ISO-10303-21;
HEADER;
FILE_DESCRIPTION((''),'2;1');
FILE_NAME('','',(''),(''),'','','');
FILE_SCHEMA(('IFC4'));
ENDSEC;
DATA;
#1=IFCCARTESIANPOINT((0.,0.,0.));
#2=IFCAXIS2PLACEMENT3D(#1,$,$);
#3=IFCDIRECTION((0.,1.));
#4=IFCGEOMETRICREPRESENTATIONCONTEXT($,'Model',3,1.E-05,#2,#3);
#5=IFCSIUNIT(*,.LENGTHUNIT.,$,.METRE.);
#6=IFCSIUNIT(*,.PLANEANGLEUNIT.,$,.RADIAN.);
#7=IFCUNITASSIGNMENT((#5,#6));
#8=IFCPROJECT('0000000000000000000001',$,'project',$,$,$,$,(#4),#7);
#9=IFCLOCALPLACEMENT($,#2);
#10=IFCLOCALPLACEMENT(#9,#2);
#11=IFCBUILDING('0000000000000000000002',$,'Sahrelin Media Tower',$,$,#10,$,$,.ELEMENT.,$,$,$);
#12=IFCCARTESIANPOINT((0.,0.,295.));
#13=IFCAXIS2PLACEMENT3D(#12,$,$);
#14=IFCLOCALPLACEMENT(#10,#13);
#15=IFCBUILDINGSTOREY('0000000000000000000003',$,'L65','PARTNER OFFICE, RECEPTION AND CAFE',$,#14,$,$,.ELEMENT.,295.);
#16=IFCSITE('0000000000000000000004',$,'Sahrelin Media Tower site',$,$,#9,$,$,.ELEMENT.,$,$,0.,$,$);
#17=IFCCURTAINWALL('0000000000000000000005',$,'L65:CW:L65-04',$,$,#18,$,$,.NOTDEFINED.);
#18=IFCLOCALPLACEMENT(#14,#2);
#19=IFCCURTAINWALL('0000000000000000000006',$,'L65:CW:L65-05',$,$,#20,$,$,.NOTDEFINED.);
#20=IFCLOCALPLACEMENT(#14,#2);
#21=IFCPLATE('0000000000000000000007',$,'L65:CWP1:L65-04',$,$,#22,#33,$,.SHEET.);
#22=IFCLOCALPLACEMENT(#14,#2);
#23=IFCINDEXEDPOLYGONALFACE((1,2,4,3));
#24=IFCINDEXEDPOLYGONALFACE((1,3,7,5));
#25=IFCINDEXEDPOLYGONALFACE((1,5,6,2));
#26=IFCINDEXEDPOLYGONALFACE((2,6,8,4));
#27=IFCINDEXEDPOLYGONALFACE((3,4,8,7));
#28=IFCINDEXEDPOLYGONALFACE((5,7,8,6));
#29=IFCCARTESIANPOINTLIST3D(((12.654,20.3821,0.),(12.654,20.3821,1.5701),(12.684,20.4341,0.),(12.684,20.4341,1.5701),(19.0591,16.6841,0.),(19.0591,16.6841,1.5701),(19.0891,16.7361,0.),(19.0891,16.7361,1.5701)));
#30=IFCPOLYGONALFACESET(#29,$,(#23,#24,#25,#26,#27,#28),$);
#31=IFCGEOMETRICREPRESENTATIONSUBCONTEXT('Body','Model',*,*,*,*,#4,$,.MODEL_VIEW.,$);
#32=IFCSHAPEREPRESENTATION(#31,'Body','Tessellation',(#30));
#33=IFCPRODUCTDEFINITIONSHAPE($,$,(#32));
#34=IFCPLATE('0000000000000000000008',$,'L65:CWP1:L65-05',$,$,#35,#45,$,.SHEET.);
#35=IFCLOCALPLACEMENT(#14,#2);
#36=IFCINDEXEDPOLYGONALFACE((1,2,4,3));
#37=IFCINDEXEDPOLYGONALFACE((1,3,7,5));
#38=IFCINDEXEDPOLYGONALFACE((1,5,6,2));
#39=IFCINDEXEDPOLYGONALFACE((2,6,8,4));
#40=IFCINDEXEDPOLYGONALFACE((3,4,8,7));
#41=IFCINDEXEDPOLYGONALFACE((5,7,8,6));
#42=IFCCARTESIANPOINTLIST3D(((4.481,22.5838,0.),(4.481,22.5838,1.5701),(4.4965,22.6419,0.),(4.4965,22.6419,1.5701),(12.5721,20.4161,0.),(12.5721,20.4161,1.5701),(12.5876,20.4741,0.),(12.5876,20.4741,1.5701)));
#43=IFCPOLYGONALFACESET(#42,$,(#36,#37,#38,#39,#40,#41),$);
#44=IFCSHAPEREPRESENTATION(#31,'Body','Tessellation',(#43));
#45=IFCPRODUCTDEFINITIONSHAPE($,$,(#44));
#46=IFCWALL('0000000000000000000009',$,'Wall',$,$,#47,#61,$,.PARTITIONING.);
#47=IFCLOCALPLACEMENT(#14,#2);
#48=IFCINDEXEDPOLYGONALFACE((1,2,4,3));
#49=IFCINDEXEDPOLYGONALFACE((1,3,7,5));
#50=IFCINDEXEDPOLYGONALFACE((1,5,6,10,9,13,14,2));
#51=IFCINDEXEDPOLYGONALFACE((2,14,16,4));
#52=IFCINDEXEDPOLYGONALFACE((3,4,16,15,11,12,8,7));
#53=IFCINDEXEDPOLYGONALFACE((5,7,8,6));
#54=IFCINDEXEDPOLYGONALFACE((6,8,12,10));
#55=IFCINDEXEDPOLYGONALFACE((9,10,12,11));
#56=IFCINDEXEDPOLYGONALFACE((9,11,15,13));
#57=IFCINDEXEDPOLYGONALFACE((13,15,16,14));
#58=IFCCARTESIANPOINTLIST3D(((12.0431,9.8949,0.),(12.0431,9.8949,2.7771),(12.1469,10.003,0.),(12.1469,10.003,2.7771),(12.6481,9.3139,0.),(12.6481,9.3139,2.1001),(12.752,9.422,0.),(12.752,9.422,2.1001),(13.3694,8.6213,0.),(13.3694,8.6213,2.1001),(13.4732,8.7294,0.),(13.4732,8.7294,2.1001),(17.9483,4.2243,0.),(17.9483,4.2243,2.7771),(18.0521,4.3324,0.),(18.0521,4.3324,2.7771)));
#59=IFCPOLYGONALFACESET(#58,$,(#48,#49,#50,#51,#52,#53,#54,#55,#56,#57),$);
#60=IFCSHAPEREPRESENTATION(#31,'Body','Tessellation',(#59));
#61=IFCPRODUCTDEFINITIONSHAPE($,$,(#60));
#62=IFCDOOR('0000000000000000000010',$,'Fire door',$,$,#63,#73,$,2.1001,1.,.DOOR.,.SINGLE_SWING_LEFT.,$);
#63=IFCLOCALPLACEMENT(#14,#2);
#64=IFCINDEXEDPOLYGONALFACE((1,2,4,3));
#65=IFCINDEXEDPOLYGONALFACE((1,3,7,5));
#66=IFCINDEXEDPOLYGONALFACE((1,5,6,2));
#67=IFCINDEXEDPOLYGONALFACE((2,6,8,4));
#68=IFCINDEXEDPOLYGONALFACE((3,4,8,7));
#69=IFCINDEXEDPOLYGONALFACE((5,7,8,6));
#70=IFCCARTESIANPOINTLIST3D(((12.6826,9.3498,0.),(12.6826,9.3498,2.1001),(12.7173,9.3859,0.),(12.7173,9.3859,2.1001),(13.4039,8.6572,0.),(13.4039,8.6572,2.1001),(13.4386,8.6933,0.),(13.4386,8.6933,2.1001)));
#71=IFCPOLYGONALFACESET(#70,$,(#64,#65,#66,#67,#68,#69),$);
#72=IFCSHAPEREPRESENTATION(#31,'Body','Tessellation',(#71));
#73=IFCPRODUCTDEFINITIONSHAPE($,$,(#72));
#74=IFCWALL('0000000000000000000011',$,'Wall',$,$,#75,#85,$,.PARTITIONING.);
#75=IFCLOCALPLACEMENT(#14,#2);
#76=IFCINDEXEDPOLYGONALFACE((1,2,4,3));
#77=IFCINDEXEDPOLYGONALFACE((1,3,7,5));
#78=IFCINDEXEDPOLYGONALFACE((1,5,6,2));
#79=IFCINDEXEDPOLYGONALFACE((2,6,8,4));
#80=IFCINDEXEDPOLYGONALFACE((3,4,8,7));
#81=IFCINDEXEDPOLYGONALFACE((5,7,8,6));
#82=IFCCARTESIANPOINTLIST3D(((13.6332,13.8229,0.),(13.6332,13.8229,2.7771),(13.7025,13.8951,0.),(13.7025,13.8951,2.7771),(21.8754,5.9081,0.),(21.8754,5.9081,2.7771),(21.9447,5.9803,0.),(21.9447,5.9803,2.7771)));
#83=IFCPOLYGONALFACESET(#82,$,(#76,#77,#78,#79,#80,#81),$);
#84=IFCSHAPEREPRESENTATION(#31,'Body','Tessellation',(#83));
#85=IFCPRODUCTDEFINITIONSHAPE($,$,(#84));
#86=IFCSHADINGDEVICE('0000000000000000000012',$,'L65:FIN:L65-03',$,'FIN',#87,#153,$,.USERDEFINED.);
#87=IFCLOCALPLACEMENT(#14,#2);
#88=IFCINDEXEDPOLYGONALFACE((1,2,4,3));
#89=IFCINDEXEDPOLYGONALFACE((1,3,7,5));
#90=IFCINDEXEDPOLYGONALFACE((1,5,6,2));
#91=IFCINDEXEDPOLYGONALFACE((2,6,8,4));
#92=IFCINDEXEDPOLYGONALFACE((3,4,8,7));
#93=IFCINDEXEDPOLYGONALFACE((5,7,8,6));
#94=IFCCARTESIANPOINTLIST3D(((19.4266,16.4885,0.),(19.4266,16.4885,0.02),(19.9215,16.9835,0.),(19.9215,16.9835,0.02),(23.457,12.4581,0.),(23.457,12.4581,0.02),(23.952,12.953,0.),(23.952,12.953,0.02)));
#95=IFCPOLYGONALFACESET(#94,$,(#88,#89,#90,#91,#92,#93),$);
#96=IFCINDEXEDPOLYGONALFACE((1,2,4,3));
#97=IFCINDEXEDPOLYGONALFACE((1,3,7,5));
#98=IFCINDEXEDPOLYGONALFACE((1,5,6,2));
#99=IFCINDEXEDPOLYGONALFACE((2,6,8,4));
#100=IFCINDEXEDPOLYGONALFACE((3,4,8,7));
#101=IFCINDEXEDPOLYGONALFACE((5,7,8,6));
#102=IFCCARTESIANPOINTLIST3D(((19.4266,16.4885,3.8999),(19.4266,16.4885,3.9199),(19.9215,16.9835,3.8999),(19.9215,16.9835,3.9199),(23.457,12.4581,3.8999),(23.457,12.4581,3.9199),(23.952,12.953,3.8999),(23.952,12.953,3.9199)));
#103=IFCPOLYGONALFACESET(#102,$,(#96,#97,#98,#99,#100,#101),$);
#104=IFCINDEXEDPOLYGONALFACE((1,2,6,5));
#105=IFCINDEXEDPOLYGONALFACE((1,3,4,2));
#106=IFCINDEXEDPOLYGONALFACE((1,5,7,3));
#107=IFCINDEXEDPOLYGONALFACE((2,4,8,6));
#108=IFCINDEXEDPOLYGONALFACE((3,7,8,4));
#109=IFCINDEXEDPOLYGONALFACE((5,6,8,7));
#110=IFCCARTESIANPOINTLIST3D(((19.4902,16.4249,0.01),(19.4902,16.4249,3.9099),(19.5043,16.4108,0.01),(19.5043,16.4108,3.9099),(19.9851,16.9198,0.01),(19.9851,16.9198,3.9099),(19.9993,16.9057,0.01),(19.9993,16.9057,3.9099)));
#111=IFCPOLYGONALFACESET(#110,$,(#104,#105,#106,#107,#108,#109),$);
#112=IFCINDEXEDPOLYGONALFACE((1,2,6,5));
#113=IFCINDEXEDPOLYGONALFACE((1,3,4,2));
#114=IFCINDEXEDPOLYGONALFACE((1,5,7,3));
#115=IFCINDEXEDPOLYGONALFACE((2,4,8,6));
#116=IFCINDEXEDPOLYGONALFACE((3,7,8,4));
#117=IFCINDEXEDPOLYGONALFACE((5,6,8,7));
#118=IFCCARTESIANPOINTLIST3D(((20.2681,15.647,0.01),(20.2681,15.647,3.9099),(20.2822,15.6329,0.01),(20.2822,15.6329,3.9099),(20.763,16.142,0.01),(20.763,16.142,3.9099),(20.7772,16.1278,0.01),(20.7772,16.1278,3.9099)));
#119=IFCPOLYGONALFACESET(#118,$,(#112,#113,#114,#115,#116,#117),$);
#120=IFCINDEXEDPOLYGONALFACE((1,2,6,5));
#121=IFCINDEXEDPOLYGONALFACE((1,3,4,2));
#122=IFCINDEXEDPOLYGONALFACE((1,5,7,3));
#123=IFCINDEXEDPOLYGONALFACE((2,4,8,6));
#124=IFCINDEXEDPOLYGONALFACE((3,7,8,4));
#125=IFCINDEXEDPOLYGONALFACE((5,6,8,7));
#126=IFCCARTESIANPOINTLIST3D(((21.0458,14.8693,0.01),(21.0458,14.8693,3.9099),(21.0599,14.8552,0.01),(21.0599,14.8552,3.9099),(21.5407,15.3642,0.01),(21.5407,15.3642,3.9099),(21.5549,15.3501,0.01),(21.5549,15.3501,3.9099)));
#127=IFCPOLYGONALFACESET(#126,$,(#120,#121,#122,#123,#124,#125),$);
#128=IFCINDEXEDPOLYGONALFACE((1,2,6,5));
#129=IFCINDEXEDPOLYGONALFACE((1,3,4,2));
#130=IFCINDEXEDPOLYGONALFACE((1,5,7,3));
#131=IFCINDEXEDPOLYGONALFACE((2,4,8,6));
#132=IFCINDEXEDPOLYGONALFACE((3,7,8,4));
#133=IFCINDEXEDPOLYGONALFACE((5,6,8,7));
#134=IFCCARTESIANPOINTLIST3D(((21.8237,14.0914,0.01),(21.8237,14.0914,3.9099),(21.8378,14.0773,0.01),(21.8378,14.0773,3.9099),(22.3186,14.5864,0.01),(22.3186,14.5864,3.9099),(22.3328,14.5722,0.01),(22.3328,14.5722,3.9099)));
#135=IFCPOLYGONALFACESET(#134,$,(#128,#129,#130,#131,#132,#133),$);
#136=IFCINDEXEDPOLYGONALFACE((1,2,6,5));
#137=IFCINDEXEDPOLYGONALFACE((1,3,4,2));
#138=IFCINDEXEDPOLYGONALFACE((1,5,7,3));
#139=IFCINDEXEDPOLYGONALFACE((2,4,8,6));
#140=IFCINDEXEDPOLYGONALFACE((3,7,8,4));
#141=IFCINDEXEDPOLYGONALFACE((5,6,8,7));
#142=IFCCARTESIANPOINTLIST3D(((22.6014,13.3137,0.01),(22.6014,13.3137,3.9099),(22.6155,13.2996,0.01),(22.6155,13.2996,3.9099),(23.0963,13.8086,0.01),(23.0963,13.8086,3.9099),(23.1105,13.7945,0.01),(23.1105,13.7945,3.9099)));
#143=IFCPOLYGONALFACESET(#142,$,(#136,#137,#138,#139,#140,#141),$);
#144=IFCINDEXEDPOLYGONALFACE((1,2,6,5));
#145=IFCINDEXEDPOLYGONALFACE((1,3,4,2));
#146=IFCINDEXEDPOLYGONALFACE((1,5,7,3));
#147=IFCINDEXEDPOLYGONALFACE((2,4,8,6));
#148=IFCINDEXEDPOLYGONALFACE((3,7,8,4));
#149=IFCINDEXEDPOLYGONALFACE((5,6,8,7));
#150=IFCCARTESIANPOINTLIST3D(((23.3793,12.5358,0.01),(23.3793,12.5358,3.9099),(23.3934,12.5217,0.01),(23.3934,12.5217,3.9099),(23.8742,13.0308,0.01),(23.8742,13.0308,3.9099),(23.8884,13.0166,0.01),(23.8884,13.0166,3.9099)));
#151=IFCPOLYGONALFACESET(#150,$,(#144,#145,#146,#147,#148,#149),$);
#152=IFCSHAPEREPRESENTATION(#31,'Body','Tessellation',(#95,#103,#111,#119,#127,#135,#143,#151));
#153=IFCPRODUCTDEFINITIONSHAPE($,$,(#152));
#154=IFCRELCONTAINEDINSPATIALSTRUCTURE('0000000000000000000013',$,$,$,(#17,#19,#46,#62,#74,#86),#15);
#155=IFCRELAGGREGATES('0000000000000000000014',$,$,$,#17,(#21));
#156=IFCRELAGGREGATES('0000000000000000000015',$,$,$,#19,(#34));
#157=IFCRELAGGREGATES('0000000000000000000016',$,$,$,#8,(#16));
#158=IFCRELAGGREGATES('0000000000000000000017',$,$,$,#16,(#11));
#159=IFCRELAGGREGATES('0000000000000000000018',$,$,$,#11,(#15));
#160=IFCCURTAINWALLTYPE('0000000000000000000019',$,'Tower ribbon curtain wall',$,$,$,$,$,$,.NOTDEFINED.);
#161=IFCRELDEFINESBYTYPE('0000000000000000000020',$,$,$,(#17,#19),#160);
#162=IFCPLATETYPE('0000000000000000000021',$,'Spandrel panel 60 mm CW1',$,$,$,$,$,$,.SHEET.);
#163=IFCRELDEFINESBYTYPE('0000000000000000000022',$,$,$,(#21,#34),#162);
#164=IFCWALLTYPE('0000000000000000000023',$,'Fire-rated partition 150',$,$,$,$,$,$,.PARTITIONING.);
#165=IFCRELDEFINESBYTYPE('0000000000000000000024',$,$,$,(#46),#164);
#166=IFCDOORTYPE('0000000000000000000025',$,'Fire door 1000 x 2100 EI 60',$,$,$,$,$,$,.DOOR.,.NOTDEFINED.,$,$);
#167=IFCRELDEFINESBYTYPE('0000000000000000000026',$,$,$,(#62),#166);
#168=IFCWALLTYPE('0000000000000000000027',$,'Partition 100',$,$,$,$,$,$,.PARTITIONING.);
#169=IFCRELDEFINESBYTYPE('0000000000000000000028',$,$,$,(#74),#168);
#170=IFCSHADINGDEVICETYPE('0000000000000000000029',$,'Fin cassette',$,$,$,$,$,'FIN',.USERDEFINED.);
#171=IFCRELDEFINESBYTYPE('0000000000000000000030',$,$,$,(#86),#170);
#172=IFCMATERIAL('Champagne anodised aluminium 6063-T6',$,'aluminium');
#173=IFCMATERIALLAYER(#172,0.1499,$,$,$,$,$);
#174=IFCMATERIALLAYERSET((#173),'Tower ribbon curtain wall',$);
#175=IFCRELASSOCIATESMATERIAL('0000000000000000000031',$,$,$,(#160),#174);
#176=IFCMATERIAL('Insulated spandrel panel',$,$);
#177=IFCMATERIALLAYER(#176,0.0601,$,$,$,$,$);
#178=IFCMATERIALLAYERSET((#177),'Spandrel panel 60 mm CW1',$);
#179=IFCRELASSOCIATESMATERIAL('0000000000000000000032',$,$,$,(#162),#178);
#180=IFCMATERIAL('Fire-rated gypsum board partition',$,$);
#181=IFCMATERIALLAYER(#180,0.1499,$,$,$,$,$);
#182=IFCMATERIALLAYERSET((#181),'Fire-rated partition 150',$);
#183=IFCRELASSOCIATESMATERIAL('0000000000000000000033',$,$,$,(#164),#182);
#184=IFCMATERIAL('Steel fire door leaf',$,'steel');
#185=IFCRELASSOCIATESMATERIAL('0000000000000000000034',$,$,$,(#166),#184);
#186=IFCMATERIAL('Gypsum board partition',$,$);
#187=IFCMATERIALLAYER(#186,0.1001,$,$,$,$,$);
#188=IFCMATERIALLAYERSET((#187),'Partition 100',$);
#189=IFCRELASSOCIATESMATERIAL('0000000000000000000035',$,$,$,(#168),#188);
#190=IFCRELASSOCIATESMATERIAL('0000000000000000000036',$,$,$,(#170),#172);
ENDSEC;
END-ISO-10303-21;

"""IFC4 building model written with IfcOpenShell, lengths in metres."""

from ifc_helpers import new_model, si_unit, direction, frame, frame_2d, origin, origin_2d, place, context, subcontext, project, spatial, polyline, rectangle, outline, extrude, material, layer, layer_set, type_object, element, fill, aggregate, save


model = new_model("IFC4")

# Units and contexts
model_context = context("Model", 3, precision=1e-05, world=origin(), true_north=direction((0.0, 1.0)))
body_context = subcontext(model_context, "Body", "Model", "MODEL_VIEW")
ifc_project = project(units=[si_unit("LENGTHUNIT", "METRE"), si_unit("PLANEANGLEUNIT", "RADIAN")], contexts=[model_context])

# Site, building, storey
site_placement = place(None, origin())
site = spatial("IfcSite", under=ifc_project, at=site_placement, Name="Sahrelin Media Tower site", CompositionType="ELEMENT", RefElevation=0.0)
building_placement = place(site_placement, origin())
building = spatial("IfcBuilding", under=site, at=building_placement, Name="Sahrelin Media Tower", CompositionType="ELEMENT")
storey_placement = place(building_placement, frame((0.0, 0.0, 295.0)))
storey = spatial("IfcBuildingStorey", under=building, at=storey_placement, Name="L65", Description="PARTNER OFFICE, RECEPTION AND CAFE", CompositionType="ELEMENT", Elevation=295.0)

# Curtain wall
ifc_material_1 = material(Name="Champagne anodised aluminium 6063-T6", Category="aluminium")
ifc_layer_1 = layer(ifc_material_1, 0.1499)
ifc_layer_set_1 = layer_set([ifc_layer_1], Name="Tower ribbon curtain wall")
curtain_wall_type = type_object("IfcCurtainWallType", Name="Tower ribbon curtain wall", PredefinedType="NOTDEFINED", material=ifc_layer_set_1)
curtain_wall_1_placement = place(storey_placement, frame((15.8765, 18.5676, 0.0), z_axis=(0.0, 0.0, 1.0), x_axis=(1.0, 0.0, 0.0)))
curtain_wall_1 = element("IfcCurtainWall", 1, at=curtain_wall_1_placement, inside=storey, type_object=curtain_wall_type, Name="L65:CW:L65-04", PredefinedType="NOTDEFINED")

# Curtain wall
curtain_wall_2_placement = place(storey_placement, frame((8.5369, 21.5386, 0.0), z_axis=(0.0, 0.0, 1.0), x_axis=(1.0, 0.0, 0.0)))
curtain_wall_2 = element("IfcCurtainWall", 2, at=curtain_wall_2_placement, inside=storey, type_object=curtain_wall_type, Name="L65:CW:L65-05", PredefinedType="NOTDEFINED")

# Plates
ifc_material_2 = material(Name="Insulated spandrel panel")
ifc_layer_2 = layer(ifc_material_2, 0.0601)
ifc_layer_set_2 = layer_set([ifc_layer_2], Name="Spandrel panel 60 mm CW1")
plate_type_1 = type_object("IfcPlateType", Name="Spandrel panel 60 mm CW1", PredefinedType="SHEET", material=ifc_layer_set_2)
plate_1_placement = place(storey_placement, frame((19.0891, 16.7361, 0.0), z_axis=(0.500005, 0.866022, 0.0), x_axis=(-0.866022, 0.500005, 0.0)))
plate_1 = element("IfcPlate", 3, at=plate_1_placement, type_object=plate_type_1, Name="L65:CWP1:L65-04", PredefinedType="SHEET", context=body_context, shape_type="SweptSolid", body=[
    extrude(outline(polyline([(0.0, 0.0), (7.396, 0.0), (7.396, 1.5701), (0.0, 1.5701), (0.0, 0.0)])), origin(), (0.0, 0.0, -1.0), 0.0601),
])
aggregate(curtain_wall_1, [plate_1])
plate_2_placement = place(storey_placement, frame((12.5876, 20.4741, 0.0), z_axis=(0.258789, 0.965934, 0.0), x_axis=(-0.965934, 0.258789, 0.0)))
plate_2 = element("IfcPlate", 4, at=plate_2_placement, type_object=plate_type_1, Name="L65:CWP1:L65-05", PredefinedType="SHEET", context=body_context, shape_type="SweptSolid", body=[
    extrude(outline(polyline([(0.0, 0.0), (8.3765, 0.0), (8.3765, 1.5701), (0.0, 1.5701), (0.0, 0.0)])), origin(), (0.0, 0.0, -1.0), 0.0601),
])
aggregate(curtain_wall_2, [plate_2])

# Wall, opening, door
ifc_material_3 = material(Name="Fire-rated gypsum board partition")
ifc_layer_3 = layer(ifc_material_3, 0.1499)
ifc_layer_set_3 = layer_set([ifc_layer_3], Name="Fire-rated partition 150")
wall_type_1 = type_object("IfcWallType", Name="Fire-rated partition 150", PredefinedType="PARTITIONING", material=ifc_layer_set_3)
wall_1_placement = place(storey_placement, frame((12.095, 9.949, 0.0), z_axis=(0.0, 0.0, 1.0), x_axis=(0.72129, -0.692633, 0.0)))
wall_1 = element("IfcWall", 5, at=wall_1_placement, inside=storey, type_object=wall_type_1, Name="Wall", PredefinedType="PARTITIONING", context=body_context, shape_type="SweptSolid", body=[
    extrude(rectangle(XDim=8.187, YDim=0.1499, at=frame_2d((4.0935, 0.0))), origin(), (0.0, 0.0, 1.0), 2.7771),
])
opening_placement = place(wall_1_placement, frame((0.8389, 0.0, 0.0)))
opening = element("IfcOpeningElement", 6, at=opening_placement, cuts=wall_1, PredefinedType="OPENING", context=body_context, shape_type="SweptSolid", body=[
    extrude(rectangle(XDim=1.0, YDim=2.1001, at=frame_2d((0.5, 1.05))), frame((0.0, 0.075, 0.0), z_axis=(0.0, -1.0, 0.0), x_axis=(1.0, 0.0, 0.0)), (0.0, 0.0, 1.0), 0.1499),
])
ifc_material_4 = material(Name="Steel fire door leaf", Category="steel")
door_type = type_object("IfcDoorType", Name="Fire door 1000 x 2100 EI 60", OperationType="NOTDEFINED", PredefinedType="DOOR", material=ifc_material_4)
door_placement = place(opening_placement, origin())
door = element("IfcDoor", 7, at=door_placement, inside=storey, type_object=door_type, Name="Fire door", OperationType="SINGLE_SWING_LEFT", OverallHeight=2.1001, OverallWidth=1.0, PredefinedType="DOOR", context=body_context, shape_type="SweptSolid", body=[
    extrude(rectangle(XDim=1.0, YDim=2.1001, at=frame_2d((0.5, 1.05))), frame((0.0, 0.0249, 0.0), z_axis=(0.0, -1.0, 0.0), x_axis=(1.0, 0.0, 0.0)), (0.0, 0.0, 1.0), 0.05),
])
fill(opening, door)

# Wall
ifc_material_5 = material(Name="Gypsum board partition")
ifc_layer_4 = layer(ifc_material_5, 0.1001)
ifc_layer_set_4 = layer_set([ifc_layer_4], Name="Partition 100")
wall_type_2 = type_object("IfcWallType", Name="Partition 100", PredefinedType="PARTITIONING", material=ifc_layer_set_4)
wall_2_placement = place(storey_placement, frame((13.668, 13.8589, 0.0), z_axis=(0.0, 0.0, 1.0), x_axis=(0.721287, -0.692636, 0.0)))
element("IfcWall", 8, at=wall_2_placement, inside=storey, type_object=wall_type_2, Name="Wall", PredefinedType="PARTITIONING", context=body_context, shape_type="SweptSolid", body=[
    extrude(rectangle(XDim=11.427, YDim=0.1001, at=frame_2d((5.7134, 0.0))), origin(), (0.0, 0.0, 1.0), 2.7771),
])

# Shading device
shading_device_type_1 = type_object("IfcShadingDeviceType", Name="Fin cassette", ElementType="FIN", PredefinedType="USERDEFINED", material=ifc_material_1)
placement_1 = place(storey_placement, frame((21.3923, 14.4238, 0.0), z_axis=(0.0, 0.0, 1.0), x_axis=(0.707107, -0.707107, 0.0)))
element("IfcShadingDevice", 9, at=placement_1, inside=storey, type_object=shading_device_type_1, Name="L65:FIN:L65-03", ObjectType="FIN", PredefinedType="USERDEFINED", context=body_context, shape_type="SweptSolid", body=[
    extrude(rectangle(XDim=5.7, YDim=0.7, at=origin_2d()), frame((0.0, 0.4199, 0.0)), (0.0, 0.0, 1.0), 0.02),
    extrude(rectangle(XDim=5.7, YDim=0.7, at=origin_2d()), frame((0.0, 0.4199, 3.8999)), (0.0, 0.0, 1.0), 0.02),
    extrude(rectangle(XDim=0.02, YDim=0.7, at=origin_2d()), frame((-2.75, 0.4199, 0.01), z_axis=(0.0, 0.0, 1.0), x_axis=(1.0, 0.0, 0.0)), (0.0, 0.0, 1.0), 3.8999),
    extrude(rectangle(XDim=0.02, YDim=0.7, at=origin_2d()), frame((-1.6499, 0.4199, 0.01), z_axis=(0.0, 0.0, 1.0), x_axis=(1.0, 0.0, 0.0)), (0.0, 0.0, 1.0), 3.8999),
    extrude(rectangle(XDim=0.02, YDim=0.7, at=origin_2d()), frame((-0.55, 0.4199, 0.01), z_axis=(0.0, 0.0, 1.0), x_axis=(1.0, 0.0, 0.0)), (0.0, 0.0, 1.0), 3.8999),
    extrude(rectangle(XDim=0.02, YDim=0.7, at=origin_2d()), frame((0.55, 0.4199, 0.01), z_axis=(0.0, 0.0, 1.0), x_axis=(1.0, 0.0, 0.0)), (0.0, 0.0, 1.0), 3.8999),
    extrude(rectangle(XDim=0.02, YDim=0.7, at=origin_2d()), frame((1.6499, 0.4199, 0.01), z_axis=(0.0, 0.0, 1.0), x_axis=(1.0, 0.0, 0.0)), (0.0, 0.0, 1.0), 3.8999),
    extrude(rectangle(XDim=0.02, YDim=0.7, at=origin_2d()), frame((2.75, 0.4199, 0.01), z_axis=(0.0, 0.0, 1.0), x_axis=(1.0, 0.0, 0.0)), (0.0, 0.0, 1.0), 3.8999),
])

save(model, "model.ifc")
